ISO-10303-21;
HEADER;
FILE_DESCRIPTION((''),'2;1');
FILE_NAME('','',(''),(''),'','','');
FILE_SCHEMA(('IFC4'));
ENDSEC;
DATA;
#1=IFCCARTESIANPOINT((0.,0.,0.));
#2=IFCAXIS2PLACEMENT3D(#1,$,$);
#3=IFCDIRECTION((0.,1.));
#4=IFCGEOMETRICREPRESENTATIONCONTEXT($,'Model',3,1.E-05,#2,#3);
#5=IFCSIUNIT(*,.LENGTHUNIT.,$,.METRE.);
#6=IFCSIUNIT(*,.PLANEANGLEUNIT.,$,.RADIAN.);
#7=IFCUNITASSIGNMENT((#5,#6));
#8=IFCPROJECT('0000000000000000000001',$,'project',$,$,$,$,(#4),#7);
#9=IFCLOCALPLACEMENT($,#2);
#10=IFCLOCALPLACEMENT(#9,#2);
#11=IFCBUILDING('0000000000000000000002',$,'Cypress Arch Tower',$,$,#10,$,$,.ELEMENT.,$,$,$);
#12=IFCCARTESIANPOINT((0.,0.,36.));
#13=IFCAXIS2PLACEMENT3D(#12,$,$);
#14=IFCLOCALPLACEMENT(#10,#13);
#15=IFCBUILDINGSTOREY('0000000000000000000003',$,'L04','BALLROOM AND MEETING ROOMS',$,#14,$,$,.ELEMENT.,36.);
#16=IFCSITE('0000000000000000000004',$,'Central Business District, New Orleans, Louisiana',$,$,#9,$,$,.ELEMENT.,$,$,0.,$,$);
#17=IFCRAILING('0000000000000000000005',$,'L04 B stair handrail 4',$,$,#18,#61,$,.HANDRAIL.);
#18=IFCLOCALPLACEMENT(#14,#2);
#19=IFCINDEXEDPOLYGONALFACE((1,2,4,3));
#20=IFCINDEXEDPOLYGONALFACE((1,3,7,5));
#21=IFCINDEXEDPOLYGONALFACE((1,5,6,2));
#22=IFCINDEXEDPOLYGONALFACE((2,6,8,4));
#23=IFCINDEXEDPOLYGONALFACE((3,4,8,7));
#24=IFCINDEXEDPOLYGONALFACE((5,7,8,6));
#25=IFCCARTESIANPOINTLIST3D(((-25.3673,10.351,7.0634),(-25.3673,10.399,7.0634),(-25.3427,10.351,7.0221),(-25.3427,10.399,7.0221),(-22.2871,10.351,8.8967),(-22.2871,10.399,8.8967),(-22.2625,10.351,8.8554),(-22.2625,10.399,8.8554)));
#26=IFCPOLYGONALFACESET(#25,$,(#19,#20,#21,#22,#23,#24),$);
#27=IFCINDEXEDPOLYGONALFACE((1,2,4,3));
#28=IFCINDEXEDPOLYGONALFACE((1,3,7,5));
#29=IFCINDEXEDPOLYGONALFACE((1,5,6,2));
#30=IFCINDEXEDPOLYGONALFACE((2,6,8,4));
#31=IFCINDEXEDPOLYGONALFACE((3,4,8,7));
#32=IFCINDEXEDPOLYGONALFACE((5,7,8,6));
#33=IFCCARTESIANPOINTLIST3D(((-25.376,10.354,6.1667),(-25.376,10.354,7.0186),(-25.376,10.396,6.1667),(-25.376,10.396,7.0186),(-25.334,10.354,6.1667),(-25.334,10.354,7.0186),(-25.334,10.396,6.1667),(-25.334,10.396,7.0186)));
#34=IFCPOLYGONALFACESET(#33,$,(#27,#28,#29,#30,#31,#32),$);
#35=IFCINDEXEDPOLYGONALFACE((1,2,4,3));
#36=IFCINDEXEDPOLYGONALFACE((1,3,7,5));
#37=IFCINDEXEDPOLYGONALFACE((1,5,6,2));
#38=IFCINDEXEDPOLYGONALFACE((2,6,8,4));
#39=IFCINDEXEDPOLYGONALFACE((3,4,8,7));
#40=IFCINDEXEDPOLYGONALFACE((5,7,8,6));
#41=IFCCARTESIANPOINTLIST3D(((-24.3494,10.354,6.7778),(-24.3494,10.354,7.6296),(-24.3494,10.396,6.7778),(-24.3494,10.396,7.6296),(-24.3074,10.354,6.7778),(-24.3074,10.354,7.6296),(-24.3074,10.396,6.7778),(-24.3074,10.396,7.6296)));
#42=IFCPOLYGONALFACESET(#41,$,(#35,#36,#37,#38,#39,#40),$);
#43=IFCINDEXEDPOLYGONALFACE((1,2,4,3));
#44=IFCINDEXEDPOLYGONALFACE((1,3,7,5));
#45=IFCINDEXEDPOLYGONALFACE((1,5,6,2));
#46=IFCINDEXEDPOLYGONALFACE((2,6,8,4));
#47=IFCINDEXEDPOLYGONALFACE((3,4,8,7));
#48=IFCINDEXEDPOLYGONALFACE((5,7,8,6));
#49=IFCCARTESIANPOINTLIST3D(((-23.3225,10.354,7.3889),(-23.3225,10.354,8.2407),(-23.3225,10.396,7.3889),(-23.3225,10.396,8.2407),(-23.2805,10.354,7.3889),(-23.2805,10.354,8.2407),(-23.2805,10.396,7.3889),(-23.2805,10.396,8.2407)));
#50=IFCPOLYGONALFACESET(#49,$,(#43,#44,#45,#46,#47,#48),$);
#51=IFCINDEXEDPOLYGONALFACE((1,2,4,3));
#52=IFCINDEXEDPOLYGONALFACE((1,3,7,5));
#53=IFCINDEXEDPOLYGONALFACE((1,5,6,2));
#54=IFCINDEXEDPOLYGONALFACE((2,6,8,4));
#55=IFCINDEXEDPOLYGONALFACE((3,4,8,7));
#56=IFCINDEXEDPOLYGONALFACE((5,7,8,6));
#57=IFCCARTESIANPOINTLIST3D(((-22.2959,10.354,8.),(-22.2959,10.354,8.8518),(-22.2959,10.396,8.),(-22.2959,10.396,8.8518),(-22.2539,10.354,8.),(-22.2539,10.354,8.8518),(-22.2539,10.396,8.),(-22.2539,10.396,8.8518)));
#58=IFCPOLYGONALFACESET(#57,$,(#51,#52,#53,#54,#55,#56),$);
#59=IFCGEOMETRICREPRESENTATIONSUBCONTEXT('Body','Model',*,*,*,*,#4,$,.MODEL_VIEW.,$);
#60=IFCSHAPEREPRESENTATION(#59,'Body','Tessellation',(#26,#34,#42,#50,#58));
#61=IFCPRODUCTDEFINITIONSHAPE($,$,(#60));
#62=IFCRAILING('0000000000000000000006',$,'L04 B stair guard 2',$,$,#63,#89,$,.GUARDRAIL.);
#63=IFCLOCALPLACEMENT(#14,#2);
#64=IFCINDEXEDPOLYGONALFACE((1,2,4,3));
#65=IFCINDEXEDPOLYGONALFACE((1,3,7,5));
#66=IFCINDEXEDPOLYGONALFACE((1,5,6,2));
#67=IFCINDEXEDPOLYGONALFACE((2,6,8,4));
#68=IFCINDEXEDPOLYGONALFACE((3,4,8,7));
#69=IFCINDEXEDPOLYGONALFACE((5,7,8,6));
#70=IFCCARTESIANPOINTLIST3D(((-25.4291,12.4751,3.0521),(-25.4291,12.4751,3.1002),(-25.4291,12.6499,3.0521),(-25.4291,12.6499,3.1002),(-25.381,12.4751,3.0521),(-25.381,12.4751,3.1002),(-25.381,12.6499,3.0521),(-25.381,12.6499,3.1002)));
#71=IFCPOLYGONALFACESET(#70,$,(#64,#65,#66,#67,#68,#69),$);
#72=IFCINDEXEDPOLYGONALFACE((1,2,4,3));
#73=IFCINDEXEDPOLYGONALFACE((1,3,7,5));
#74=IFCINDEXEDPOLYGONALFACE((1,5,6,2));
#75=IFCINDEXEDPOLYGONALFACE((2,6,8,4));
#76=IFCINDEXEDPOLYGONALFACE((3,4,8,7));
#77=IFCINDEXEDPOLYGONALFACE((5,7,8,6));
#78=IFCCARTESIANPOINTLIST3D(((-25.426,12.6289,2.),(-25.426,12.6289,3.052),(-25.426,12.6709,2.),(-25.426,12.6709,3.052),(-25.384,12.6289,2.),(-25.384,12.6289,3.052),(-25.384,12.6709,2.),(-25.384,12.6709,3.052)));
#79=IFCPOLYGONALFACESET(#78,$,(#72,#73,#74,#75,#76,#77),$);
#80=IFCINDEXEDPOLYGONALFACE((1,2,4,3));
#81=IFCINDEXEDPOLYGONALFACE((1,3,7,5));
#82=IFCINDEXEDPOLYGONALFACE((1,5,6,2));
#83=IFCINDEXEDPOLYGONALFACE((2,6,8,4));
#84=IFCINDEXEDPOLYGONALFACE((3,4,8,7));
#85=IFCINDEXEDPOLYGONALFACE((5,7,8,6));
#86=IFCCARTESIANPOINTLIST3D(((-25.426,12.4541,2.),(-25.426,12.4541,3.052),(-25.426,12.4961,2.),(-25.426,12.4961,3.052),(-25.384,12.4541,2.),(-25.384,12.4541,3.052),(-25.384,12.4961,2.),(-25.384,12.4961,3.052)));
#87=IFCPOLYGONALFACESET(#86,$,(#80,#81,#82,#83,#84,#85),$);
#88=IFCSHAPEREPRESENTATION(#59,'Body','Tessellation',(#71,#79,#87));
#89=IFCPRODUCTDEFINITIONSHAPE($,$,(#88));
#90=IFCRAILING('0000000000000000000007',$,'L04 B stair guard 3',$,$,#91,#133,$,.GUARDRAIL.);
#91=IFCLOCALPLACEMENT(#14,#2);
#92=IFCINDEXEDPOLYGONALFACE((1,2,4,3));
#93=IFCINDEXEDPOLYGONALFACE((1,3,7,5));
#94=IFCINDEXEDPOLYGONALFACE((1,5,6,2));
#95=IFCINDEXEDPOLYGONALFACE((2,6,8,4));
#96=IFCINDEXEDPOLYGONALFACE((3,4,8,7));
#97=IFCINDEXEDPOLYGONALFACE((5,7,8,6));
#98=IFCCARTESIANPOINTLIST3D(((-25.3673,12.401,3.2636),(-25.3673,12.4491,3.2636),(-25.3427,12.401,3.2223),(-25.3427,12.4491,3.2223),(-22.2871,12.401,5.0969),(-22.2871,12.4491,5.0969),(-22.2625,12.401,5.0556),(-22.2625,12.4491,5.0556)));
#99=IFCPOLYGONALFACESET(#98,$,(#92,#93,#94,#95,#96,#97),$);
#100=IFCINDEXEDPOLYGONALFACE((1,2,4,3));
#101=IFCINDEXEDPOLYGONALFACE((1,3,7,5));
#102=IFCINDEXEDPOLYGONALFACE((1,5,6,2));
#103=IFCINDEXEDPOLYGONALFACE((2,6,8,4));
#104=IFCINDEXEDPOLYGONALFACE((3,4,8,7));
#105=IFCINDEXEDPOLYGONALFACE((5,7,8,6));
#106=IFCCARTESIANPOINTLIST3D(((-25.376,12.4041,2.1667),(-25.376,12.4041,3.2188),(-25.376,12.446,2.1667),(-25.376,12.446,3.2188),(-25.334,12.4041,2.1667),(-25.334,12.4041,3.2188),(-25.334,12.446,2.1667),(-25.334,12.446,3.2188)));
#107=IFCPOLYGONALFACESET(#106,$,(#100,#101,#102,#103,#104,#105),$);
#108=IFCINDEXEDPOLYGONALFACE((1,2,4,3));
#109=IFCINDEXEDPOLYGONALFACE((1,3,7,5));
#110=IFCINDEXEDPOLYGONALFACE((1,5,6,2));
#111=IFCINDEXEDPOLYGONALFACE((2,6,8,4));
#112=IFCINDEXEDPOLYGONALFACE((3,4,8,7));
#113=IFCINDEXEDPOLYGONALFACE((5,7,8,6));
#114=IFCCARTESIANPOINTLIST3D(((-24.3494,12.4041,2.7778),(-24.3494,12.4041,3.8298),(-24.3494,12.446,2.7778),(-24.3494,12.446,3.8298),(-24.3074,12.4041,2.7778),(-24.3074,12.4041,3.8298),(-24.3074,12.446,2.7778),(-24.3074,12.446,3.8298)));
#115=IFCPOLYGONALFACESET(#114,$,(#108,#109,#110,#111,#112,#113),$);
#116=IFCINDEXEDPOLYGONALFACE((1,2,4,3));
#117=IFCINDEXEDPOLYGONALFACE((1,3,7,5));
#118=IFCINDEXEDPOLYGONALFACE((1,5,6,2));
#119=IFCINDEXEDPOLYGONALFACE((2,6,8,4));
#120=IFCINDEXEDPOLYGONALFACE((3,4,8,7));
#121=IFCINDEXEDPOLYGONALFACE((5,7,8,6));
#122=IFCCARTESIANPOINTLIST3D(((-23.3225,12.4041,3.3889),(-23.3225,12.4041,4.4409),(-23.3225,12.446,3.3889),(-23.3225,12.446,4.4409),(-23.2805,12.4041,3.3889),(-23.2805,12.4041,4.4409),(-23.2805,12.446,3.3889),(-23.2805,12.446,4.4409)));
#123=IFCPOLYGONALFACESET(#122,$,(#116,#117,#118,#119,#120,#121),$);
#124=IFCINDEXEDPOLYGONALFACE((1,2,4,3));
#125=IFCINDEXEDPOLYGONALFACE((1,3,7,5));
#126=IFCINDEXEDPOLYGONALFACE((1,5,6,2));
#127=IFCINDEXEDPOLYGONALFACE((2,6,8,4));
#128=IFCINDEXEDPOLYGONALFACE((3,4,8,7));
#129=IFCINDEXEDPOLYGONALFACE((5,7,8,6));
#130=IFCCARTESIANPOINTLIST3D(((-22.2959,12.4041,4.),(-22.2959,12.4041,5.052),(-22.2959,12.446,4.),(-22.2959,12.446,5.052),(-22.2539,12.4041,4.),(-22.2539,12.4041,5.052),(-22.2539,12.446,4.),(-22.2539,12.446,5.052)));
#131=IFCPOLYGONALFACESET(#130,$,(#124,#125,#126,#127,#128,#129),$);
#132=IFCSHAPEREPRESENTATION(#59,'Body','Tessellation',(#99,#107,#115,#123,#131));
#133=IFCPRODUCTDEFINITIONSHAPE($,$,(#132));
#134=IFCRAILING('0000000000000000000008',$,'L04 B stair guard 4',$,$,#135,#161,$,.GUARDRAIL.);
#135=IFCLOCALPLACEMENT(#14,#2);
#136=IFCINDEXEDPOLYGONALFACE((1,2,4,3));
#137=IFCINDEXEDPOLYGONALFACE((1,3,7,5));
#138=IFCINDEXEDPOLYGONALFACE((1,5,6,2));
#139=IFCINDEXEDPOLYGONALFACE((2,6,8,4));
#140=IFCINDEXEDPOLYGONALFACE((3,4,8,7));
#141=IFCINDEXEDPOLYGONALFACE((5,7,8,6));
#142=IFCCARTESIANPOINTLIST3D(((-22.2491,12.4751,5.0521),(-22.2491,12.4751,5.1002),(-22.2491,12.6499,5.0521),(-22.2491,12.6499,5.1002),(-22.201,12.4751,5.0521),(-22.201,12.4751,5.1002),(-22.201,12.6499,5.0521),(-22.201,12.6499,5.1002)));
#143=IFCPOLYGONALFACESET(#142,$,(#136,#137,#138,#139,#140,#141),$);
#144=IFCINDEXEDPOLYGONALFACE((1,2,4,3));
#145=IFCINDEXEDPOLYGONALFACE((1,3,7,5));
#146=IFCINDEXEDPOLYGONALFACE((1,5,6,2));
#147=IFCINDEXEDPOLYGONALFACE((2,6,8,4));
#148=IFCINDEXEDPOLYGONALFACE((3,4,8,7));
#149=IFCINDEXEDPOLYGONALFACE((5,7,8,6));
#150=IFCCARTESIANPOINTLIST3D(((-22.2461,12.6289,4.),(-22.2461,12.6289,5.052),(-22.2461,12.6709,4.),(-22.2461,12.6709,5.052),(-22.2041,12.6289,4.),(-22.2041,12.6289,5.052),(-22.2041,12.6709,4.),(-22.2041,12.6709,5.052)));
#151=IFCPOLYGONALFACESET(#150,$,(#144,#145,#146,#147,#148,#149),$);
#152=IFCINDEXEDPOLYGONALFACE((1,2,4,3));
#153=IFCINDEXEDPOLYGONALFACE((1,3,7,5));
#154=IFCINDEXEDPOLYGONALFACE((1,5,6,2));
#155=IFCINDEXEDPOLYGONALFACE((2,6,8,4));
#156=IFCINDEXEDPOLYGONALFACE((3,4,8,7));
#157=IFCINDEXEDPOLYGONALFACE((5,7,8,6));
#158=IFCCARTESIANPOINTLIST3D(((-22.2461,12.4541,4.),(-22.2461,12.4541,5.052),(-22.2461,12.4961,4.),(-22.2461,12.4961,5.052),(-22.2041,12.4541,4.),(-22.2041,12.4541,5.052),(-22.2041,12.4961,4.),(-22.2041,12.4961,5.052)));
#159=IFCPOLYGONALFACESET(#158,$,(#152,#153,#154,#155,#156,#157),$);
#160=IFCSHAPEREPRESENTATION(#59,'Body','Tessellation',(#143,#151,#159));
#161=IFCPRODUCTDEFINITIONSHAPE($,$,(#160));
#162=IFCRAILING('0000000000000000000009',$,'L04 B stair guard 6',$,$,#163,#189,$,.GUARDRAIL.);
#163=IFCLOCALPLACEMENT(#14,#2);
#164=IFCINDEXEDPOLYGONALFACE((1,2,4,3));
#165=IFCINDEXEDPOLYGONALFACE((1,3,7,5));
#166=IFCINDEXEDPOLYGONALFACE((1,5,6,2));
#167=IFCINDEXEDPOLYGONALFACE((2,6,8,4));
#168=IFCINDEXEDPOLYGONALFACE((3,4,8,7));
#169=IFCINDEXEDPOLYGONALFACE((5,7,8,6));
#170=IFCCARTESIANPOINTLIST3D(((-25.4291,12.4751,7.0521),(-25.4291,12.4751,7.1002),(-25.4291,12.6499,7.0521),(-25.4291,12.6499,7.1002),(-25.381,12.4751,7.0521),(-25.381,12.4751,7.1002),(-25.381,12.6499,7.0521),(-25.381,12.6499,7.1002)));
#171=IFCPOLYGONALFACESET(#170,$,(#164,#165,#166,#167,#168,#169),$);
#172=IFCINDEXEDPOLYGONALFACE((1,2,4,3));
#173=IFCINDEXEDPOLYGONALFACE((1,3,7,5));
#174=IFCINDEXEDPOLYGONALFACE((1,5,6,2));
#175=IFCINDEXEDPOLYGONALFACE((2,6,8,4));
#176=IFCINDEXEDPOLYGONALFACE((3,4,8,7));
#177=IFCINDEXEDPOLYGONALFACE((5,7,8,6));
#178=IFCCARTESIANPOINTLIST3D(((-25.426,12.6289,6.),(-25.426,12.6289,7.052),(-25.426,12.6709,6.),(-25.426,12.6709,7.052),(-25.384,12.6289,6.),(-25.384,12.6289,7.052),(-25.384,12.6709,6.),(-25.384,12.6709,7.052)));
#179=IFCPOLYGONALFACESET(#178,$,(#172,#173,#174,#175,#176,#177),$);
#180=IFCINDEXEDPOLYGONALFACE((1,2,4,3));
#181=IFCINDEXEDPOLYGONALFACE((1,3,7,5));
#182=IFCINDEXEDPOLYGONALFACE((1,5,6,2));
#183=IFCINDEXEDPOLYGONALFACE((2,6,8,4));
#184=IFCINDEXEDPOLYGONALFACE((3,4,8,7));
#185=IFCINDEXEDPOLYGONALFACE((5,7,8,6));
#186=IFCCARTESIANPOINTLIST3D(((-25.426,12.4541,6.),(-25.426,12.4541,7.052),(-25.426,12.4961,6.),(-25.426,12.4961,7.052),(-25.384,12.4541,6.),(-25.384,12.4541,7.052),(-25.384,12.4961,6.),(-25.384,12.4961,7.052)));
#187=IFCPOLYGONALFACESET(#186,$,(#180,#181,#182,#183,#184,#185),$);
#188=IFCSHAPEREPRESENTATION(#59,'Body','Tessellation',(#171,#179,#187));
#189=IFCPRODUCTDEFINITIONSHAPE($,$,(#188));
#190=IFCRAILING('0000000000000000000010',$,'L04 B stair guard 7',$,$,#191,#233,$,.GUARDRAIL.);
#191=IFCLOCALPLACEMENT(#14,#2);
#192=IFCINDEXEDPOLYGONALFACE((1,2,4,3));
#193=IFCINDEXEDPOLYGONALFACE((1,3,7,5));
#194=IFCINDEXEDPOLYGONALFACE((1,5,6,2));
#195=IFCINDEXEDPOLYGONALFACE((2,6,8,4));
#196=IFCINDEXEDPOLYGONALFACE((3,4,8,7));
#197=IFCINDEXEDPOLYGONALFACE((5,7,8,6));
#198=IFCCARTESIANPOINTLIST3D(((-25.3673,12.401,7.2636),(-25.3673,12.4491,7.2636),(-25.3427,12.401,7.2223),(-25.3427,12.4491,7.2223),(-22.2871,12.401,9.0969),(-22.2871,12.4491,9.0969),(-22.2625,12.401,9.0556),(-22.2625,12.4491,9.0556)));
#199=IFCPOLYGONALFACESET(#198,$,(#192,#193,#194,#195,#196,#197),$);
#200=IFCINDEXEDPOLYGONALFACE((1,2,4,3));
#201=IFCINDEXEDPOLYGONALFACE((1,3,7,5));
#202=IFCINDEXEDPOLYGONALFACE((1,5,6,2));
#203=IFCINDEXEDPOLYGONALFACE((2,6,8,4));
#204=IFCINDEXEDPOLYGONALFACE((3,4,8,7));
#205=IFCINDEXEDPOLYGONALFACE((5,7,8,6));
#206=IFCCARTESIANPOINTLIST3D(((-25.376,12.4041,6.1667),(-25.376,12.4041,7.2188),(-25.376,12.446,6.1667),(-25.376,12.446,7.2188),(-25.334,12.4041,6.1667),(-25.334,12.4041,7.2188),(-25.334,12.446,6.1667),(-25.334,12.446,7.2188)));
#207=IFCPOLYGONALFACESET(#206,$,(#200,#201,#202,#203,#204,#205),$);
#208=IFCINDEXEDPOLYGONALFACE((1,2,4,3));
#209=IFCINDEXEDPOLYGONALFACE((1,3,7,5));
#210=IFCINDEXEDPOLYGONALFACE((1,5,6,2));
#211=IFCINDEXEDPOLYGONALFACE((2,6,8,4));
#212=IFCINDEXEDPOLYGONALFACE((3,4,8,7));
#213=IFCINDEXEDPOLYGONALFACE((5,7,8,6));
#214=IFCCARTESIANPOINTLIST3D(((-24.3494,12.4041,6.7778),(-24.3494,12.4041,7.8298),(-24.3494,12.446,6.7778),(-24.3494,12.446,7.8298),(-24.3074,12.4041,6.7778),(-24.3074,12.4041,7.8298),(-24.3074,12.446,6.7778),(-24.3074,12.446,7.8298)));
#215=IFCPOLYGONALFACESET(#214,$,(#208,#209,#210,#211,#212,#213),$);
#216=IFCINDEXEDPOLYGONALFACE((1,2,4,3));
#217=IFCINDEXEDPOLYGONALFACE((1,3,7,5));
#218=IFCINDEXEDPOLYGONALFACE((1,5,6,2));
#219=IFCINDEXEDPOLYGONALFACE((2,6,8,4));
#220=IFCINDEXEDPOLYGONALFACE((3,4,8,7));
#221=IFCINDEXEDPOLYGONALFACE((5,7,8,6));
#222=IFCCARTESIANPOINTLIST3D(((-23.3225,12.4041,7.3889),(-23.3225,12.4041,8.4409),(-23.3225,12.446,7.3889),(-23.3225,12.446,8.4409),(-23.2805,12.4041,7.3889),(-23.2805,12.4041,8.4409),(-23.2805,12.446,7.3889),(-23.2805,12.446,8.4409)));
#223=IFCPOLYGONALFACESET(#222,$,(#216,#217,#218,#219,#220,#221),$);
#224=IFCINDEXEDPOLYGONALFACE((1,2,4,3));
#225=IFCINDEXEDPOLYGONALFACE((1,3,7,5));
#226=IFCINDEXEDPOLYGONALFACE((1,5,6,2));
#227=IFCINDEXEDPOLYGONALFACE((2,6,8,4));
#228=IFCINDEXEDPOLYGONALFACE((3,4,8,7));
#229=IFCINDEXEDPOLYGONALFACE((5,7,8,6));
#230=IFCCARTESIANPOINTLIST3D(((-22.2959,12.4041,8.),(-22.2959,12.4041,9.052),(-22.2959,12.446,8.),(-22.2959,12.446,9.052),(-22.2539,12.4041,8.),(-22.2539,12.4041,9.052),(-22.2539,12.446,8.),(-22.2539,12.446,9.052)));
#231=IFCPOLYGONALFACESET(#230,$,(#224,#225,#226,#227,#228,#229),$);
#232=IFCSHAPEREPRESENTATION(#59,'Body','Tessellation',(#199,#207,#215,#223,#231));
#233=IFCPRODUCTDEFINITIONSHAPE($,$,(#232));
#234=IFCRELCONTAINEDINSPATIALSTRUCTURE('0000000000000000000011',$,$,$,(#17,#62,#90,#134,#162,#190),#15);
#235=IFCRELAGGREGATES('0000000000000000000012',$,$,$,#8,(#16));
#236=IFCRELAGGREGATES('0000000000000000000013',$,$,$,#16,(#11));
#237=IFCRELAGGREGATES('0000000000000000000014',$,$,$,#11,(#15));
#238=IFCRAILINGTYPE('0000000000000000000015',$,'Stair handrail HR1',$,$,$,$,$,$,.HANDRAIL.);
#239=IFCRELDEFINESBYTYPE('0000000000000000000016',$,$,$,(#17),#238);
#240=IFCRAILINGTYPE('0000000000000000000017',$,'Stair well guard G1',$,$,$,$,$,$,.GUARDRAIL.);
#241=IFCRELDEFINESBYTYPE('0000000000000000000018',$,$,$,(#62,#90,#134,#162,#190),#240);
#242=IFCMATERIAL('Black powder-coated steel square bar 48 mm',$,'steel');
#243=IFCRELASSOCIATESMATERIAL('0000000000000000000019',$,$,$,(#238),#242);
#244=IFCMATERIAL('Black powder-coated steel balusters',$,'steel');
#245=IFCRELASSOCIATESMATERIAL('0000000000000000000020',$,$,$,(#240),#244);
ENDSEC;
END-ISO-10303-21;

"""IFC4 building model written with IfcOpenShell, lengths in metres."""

from ifc_helpers import new_model, si_unit, direction, frame, origin, origin_2d, place, context, subcontext, project, spatial, rectangle, extrude, material, type_object, element, save


model = new_model("IFC4")

# Units and contexts
model_context = context("Model", 3, precision=1e-05, world=origin(), true_north=direction((0.0, 1.0)))
body_context = subcontext(model_context, "Body", "Model", "MODEL_VIEW")
ifc_project = project(units=[si_unit("LENGTHUNIT", "METRE"), si_unit("PLANEANGLEUNIT", "RADIAN")], contexts=[model_context])

# Site, building, storey
site_placement = place(None, origin())
site = spatial("IfcSite", under=ifc_project, at=site_placement, Name="Central Business District, New Orleans, Louisiana", CompositionType="ELEMENT", RefElevation=0.0)
building_placement = place(site_placement, origin())
building = spatial("IfcBuilding", under=site, at=building_placement, Name="Cypress Arch Tower", CompositionType="ELEMENT")
storey_placement = place(building_placement, frame((0.0, 0.0, 36.0)))
storey = spatial("IfcBuildingStorey", under=building, at=storey_placement, Name="L04", Description="BALLROOM AND MEETING ROOMS", CompositionType="ELEMENT", Elevation=36.0)

# Railings
ifc_material_1 = material(Name="Black powder-coated steel square bar 48 mm", Category="steel")
railing_type_1 = type_object("IfcRailingType", Name="Stair handrail HR1", PredefinedType="HANDRAIL", material=ifc_material_1)
for number, where, name in (
    (1, (-25.355, 10.375, 6.1667), "L04 B stair handrail 4"),
):
    element("IfcRailing", number, at=place(storey_placement, frame(where)), inside=storey, type_object=railing_type_1, Name=name, PredefinedType="HANDRAIL", context=body_context, shape_type="SweptSolid", body=[
        extrude(rectangle(XDim=0.0481, YDim=0.0481, at=origin_2d()), frame((0.0, 0.0, 0.876), z_axis=(0.859309, 0.0, 0.511458), x_axis=(0.0, 1.0, 0.0)), (0.0, 0.0, 1.0), 3.5845),
        extrude(rectangle(XDim=0.042, YDim=0.042, at=origin_2d()), origin(), (0.0, 0.0, 1.0), 0.8518),
        extrude(rectangle(XDim=0.042, YDim=0.042, at=origin_2d()), frame((1.0266, 0.0, 0.6111)), (0.0, 0.0, 1.0), 0.8518),
        extrude(rectangle(XDim=0.042, YDim=0.042, at=origin_2d()), frame((2.0535, 0.0, 1.2222)), (0.0, 0.0, 1.0), 0.8518),
        extrude(rectangle(XDim=0.042, YDim=0.042, at=origin_2d()), frame((3.0801, 0.0, 1.8333)), (0.0, 0.0, 1.0), 0.8518),
    ])
ifc_material_2 = material(Name="Black powder-coated steel balusters", Category="steel")
railing_type_2 = type_object("IfcRailingType", Name="Stair well guard G1", PredefinedType="GUARDRAIL", material=ifc_material_2)
railing_1_placement = place(storey_placement, frame((-25.405, 12.6499, 2.0)))
element("IfcRailing", 2, at=railing_1_placement, inside=storey, type_object=railing_type_2, Name="L04 B stair guard 2", PredefinedType="GUARDRAIL", context=body_context, shape_type="SweptSolid", body=[
    extrude(rectangle(XDim=0.0481, YDim=0.0481, at=origin_2d()), frame((0.0, 0.0, 1.0762), z_axis=(0.0, -1.0, 0.0), x_axis=(1.0, 0.0, 0.0)), (0.0, 0.0, 1.0), 0.1748),
    extrude(rectangle(XDim=0.042, YDim=0.042, at=origin_2d()), origin(), (0.0, 0.0, 1.0), 1.052),
    extrude(rectangle(XDim=0.042, YDim=0.042, at=origin_2d()), frame((0.0, -0.1748, 0.0)), (0.0, 0.0, 1.0), 1.052),
])
railing_2_placement = place(storey_placement, frame((-25.355, 12.425, 2.1667)))
element("IfcRailing", 3, at=railing_2_placement, inside=storey, type_object=railing_type_2, Name="L04 B stair guard 3", PredefinedType="GUARDRAIL", context=body_context, shape_type="SweptSolid", body=[
    extrude(rectangle(XDim=0.0481, YDim=0.0481, at=origin_2d()), frame((0.0, 0.0, 1.0762), z_axis=(0.859309, 0.0, 0.511458), x_axis=(0.0, 1.0, 0.0)), (0.0, 0.0, 1.0), 3.5845),
    extrude(rectangle(XDim=0.042, YDim=0.042, at=origin_2d()), origin(), (0.0, 0.0, 1.0), 1.052),
    extrude(rectangle(XDim=0.042, YDim=0.042, at=origin_2d()), frame((1.0266, 0.0, 0.6111)), (0.0, 0.0, 1.0), 1.052),
    extrude(rectangle(XDim=0.042, YDim=0.042, at=origin_2d()), frame((2.0535, 0.0, 1.2222)), (0.0, 0.0, 1.0), 1.052),
    extrude(rectangle(XDim=0.042, YDim=0.042, at=origin_2d()), frame((3.0801, 0.0, 1.8333)), (0.0, 0.0, 1.0), 1.052),
])
for number, where, name in (
    (4, (-22.2251, 12.6499, 4.0), "L04 B stair guard 4"),
    (5, (-25.405, 12.6499, 6.0), "L04 B stair guard 6"),
):
    element("IfcRailing", number, at=place(storey_placement, frame(where)), inside=storey, type_object=railing_type_2, Name=name, PredefinedType="GUARDRAIL", context=body_context, shape_type="SweptSolid", body=[
        extrude(rectangle(XDim=0.0481, YDim=0.0481, at=origin_2d()), frame((0.0, 0.0, 1.0762), z_axis=(0.0, -1.0, 0.0), x_axis=(1.0, 0.0, 0.0)), (0.0, 0.0, 1.0), 0.1748),
        extrude(rectangle(XDim=0.042, YDim=0.042, at=origin_2d()), origin(), (0.0, 0.0, 1.0), 1.052),
        extrude(rectangle(XDim=0.042, YDim=0.042, at=origin_2d()), frame((0.0, -0.1748, 0.0)), (0.0, 0.0, 1.0), 1.052),
    ])
railing_3_placement = place(storey_placement, frame((-25.355, 12.425, 6.1667)))
element("IfcRailing", 6, at=railing_3_placement, inside=storey, type_object=railing_type_2, Name="L04 B stair guard 7", PredefinedType="GUARDRAIL", context=body_context, shape_type="SweptSolid", body=[
    extrude(rectangle(XDim=0.0481, YDim=0.0481, at=origin_2d()), frame((0.0, 0.0, 1.0762), z_axis=(0.859309, 0.0, 0.511458), x_axis=(0.0, 1.0, 0.0)), (0.0, 0.0, 1.0), 3.5845),
    extrude(rectangle(XDim=0.042, YDim=0.042, at=origin_2d()), origin(), (0.0, 0.0, 1.0), 1.052),
    extrude(rectangle(XDim=0.042, YDim=0.042, at=origin_2d()), frame((1.0266, 0.0, 0.6111)), (0.0, 0.0, 1.0), 1.052),
    extrude(rectangle(XDim=0.042, YDim=0.042, at=origin_2d()), frame((2.0535, 0.0, 1.2222)), (0.0, 0.0, 1.0), 1.052),
    extrude(rectangle(XDim=0.042, YDim=0.042, at=origin_2d()), frame((3.0801, 0.0, 1.8333)), (0.0, 0.0, 1.0), 1.052),
])

save(model, "model.ifc")
